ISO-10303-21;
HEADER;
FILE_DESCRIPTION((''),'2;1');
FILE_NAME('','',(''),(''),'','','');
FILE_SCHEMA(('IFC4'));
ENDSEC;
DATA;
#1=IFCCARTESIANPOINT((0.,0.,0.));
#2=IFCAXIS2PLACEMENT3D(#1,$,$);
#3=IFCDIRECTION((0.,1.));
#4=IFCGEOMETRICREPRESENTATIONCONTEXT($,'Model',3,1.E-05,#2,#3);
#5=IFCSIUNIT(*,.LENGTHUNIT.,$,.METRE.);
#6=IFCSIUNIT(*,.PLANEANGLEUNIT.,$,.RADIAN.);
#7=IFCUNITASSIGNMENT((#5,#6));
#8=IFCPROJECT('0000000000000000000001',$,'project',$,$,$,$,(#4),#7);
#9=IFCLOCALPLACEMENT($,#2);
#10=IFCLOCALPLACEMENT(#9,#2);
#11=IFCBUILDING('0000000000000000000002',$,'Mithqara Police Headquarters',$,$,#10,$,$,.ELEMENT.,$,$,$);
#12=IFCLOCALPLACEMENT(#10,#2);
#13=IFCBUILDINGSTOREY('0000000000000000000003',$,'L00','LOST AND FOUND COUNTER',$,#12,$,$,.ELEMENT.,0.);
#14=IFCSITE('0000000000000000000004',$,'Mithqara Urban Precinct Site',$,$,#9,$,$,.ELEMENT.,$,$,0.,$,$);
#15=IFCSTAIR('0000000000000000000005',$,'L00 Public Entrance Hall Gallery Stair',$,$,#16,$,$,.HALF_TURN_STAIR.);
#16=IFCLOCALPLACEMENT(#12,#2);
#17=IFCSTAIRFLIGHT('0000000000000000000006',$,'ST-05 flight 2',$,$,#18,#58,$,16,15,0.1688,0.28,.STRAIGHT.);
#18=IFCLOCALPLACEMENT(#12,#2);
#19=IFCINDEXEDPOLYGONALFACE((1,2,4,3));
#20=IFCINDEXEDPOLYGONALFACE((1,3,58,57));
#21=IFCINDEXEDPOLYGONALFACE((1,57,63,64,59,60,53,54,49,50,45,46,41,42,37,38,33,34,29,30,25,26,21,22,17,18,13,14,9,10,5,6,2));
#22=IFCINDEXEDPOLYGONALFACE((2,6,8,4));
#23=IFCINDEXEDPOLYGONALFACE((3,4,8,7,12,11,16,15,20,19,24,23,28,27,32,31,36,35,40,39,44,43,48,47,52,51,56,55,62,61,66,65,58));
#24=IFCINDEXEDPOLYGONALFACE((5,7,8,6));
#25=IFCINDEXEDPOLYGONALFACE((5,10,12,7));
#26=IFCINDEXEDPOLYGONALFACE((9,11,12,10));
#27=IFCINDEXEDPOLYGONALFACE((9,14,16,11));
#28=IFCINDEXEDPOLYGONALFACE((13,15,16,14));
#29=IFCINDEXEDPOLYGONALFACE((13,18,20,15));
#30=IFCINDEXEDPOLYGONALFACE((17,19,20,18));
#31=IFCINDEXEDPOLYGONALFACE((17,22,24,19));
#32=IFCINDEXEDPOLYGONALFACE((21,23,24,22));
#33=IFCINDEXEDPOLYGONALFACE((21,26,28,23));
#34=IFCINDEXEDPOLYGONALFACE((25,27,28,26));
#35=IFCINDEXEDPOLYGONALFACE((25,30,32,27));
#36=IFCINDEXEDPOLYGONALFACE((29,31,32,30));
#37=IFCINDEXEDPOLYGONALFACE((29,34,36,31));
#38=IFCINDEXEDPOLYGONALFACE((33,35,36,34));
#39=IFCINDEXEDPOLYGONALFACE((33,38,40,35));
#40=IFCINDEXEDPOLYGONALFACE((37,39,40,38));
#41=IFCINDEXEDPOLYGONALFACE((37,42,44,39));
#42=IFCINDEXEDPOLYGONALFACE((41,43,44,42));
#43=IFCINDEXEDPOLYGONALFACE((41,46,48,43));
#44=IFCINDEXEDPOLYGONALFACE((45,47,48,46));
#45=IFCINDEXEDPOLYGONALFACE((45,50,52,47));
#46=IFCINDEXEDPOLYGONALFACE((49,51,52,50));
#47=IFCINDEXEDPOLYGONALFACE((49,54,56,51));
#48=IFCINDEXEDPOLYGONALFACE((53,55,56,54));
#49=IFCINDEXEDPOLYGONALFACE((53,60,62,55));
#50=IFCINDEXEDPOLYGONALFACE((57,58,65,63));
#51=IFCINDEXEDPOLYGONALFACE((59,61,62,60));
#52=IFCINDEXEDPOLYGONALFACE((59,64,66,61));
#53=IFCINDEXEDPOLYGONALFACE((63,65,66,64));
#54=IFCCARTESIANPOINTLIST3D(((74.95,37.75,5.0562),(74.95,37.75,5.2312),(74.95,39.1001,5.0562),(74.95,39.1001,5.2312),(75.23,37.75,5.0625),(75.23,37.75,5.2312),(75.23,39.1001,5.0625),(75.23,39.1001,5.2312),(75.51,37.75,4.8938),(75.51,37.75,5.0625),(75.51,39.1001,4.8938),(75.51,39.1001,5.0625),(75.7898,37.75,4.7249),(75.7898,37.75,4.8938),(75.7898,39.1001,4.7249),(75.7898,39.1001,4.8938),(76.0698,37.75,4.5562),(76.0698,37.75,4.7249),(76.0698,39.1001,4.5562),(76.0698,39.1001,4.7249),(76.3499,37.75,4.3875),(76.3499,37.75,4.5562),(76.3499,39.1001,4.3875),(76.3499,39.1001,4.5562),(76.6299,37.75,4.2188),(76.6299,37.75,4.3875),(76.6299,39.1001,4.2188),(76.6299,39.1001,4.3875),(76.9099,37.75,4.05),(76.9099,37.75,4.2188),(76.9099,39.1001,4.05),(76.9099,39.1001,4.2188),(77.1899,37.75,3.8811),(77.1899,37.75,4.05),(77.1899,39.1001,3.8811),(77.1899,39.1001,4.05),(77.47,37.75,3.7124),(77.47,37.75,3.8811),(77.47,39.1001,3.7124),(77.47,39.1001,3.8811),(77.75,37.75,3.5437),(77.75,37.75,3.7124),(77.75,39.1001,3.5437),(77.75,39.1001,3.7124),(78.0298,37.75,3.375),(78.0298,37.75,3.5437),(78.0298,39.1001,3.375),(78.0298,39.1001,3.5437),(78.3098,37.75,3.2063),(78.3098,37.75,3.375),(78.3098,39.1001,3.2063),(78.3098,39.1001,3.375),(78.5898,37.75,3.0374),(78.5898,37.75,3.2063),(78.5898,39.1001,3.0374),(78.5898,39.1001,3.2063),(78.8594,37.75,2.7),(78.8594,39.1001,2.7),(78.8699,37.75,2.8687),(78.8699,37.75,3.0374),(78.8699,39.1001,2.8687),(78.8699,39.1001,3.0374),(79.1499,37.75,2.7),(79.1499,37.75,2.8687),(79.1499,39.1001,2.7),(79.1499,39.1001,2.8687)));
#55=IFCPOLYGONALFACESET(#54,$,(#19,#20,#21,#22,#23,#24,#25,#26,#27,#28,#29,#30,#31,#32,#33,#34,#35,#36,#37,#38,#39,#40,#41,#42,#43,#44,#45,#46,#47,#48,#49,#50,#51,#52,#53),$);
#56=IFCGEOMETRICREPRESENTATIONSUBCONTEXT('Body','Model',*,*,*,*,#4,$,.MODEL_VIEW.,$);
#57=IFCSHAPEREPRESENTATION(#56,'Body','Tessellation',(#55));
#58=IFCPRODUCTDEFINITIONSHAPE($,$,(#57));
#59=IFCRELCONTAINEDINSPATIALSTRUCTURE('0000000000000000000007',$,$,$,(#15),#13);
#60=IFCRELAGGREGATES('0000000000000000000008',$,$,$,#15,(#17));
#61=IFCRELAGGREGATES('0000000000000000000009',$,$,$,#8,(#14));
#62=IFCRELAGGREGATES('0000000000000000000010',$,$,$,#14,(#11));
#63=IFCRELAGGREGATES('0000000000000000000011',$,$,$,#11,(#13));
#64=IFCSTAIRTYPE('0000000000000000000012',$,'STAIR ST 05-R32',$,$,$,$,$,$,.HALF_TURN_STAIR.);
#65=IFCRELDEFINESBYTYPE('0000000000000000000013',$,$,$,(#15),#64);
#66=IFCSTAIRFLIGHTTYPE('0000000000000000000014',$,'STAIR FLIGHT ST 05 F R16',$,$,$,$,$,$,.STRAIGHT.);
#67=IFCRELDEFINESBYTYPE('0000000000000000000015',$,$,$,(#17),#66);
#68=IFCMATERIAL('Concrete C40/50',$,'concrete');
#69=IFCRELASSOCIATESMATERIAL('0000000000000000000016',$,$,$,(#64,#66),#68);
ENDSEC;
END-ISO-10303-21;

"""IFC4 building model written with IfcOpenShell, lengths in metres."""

from ifc_helpers import new_model, si_unit, direction, frame, origin, place, context, subcontext, project, spatial, polyline, outline, extrude, material, type_object, element, aggregate, save


model = new_model("IFC4")

# Units and contexts
model_context = context("Model", 3, precision=1e-05, world=origin(), true_north=direction((0.0, 1.0)))
body_context = subcontext(model_context, "Body", "Model", "MODEL_VIEW")
ifc_project = project(units=[si_unit("LENGTHUNIT", "METRE"), si_unit("PLANEANGLEUNIT", "RADIAN")], contexts=[model_context])

# Site, building, storey
site_placement = place(None, origin())
site = spatial("IfcSite", under=ifc_project, at=site_placement, Name="Mithqara Urban Precinct Site", CompositionType="ELEMENT", RefElevation=0.0)
building_placement = place(site_placement, origin())
building = spatial("IfcBuilding", under=site, at=building_placement, Name="Mithqara Police Headquarters", CompositionType="ELEMENT")
storey_placement = place(building_placement, origin())
storey = spatial("IfcBuildingStorey", under=building, at=storey_placement, Name="L00", Description="LOST AND FOUND COUNTER", CompositionType="ELEMENT", Elevation=0.0)

# Shared definitions
ifc_material_1 = material(Name="Concrete C40/50", Category="concrete")

# Stair, stair flight
stair_type = type_object("IfcStairType", Name="STAIR ST 05-R32", PredefinedType="HALF_TURN_STAIR", material=ifc_material_1)
stair_placement = place(storey_placement, origin())
stair = element("IfcStair", 1, at=stair_placement, inside=storey, type_object=stair_type, Name="L00 Public Entrance Hall Gallery Stair", PredefinedType="HALF_TURN_STAIR")
stair_flight_type = type_object("IfcStairFlightType", Name="STAIR FLIGHT ST 05 F R16", PredefinedType="STRAIGHT", material=ifc_material_1)
stair_flight_1_placement = place(storey_placement, frame((79.1499, 38.425, 2.7), z_axis=(0.0, 0.0, 1.0), x_axis=(-1.0, 0.0, 0.0)))
stair_flight_1 = element("IfcStairFlight", 2, at=stair_flight_1_placement, type_object=stair_flight_type, Name="ST-05 flight 2", NumberOfRisers=16, NumberOfTreads=15, PredefinedType="STRAIGHT", RiserHeight=0.1688, TreadLength=0.28, context=body_context, shape_type="SweptSolid", body=[
    extrude(outline(polyline([(0.0, 0.0), (0.0, 0.1687), (0.28, 0.1687), (0.28, 0.3374), (0.5601, 0.3374), (0.5601, 0.5063), (0.8401, 0.5063), (0.8401, 0.675), (1.1201, 0.675), (1.1201, 0.8438), (1.3999, 0.8438), (1.3999, 1.0125), (1.6799, 1.0125), (1.6799, 1.1812), (1.96, 1.1812), (1.96, 1.3501), (2.24, 1.3501), (2.24, 1.5188), (2.52, 1.5188), (2.52, 1.6875), (2.8, 1.6875), (2.8, 1.8562), (3.0801, 1.8562), (3.0801, 2.0249), (3.3601, 2.0249), (3.3601, 2.1938), (3.6399, 2.1938), (3.6399, 2.3625), (3.9199, 2.3625), (3.9199, 2.5312), (4.2, 2.5312), (4.2, 2.7), (4.2, 2.3562), (0.2905, 0.0), (0.0, 0.0)])), frame((0.0, 0.675, 0.0), z_axis=(0.0, -1.0, 0.0), x_axis=(1.0, 0.0, 0.0)), (0.0, 0.0, 1.0), 1.3501),
])
aggregate(stair, [stair_flight_1])

save(model, "model.ifc")
